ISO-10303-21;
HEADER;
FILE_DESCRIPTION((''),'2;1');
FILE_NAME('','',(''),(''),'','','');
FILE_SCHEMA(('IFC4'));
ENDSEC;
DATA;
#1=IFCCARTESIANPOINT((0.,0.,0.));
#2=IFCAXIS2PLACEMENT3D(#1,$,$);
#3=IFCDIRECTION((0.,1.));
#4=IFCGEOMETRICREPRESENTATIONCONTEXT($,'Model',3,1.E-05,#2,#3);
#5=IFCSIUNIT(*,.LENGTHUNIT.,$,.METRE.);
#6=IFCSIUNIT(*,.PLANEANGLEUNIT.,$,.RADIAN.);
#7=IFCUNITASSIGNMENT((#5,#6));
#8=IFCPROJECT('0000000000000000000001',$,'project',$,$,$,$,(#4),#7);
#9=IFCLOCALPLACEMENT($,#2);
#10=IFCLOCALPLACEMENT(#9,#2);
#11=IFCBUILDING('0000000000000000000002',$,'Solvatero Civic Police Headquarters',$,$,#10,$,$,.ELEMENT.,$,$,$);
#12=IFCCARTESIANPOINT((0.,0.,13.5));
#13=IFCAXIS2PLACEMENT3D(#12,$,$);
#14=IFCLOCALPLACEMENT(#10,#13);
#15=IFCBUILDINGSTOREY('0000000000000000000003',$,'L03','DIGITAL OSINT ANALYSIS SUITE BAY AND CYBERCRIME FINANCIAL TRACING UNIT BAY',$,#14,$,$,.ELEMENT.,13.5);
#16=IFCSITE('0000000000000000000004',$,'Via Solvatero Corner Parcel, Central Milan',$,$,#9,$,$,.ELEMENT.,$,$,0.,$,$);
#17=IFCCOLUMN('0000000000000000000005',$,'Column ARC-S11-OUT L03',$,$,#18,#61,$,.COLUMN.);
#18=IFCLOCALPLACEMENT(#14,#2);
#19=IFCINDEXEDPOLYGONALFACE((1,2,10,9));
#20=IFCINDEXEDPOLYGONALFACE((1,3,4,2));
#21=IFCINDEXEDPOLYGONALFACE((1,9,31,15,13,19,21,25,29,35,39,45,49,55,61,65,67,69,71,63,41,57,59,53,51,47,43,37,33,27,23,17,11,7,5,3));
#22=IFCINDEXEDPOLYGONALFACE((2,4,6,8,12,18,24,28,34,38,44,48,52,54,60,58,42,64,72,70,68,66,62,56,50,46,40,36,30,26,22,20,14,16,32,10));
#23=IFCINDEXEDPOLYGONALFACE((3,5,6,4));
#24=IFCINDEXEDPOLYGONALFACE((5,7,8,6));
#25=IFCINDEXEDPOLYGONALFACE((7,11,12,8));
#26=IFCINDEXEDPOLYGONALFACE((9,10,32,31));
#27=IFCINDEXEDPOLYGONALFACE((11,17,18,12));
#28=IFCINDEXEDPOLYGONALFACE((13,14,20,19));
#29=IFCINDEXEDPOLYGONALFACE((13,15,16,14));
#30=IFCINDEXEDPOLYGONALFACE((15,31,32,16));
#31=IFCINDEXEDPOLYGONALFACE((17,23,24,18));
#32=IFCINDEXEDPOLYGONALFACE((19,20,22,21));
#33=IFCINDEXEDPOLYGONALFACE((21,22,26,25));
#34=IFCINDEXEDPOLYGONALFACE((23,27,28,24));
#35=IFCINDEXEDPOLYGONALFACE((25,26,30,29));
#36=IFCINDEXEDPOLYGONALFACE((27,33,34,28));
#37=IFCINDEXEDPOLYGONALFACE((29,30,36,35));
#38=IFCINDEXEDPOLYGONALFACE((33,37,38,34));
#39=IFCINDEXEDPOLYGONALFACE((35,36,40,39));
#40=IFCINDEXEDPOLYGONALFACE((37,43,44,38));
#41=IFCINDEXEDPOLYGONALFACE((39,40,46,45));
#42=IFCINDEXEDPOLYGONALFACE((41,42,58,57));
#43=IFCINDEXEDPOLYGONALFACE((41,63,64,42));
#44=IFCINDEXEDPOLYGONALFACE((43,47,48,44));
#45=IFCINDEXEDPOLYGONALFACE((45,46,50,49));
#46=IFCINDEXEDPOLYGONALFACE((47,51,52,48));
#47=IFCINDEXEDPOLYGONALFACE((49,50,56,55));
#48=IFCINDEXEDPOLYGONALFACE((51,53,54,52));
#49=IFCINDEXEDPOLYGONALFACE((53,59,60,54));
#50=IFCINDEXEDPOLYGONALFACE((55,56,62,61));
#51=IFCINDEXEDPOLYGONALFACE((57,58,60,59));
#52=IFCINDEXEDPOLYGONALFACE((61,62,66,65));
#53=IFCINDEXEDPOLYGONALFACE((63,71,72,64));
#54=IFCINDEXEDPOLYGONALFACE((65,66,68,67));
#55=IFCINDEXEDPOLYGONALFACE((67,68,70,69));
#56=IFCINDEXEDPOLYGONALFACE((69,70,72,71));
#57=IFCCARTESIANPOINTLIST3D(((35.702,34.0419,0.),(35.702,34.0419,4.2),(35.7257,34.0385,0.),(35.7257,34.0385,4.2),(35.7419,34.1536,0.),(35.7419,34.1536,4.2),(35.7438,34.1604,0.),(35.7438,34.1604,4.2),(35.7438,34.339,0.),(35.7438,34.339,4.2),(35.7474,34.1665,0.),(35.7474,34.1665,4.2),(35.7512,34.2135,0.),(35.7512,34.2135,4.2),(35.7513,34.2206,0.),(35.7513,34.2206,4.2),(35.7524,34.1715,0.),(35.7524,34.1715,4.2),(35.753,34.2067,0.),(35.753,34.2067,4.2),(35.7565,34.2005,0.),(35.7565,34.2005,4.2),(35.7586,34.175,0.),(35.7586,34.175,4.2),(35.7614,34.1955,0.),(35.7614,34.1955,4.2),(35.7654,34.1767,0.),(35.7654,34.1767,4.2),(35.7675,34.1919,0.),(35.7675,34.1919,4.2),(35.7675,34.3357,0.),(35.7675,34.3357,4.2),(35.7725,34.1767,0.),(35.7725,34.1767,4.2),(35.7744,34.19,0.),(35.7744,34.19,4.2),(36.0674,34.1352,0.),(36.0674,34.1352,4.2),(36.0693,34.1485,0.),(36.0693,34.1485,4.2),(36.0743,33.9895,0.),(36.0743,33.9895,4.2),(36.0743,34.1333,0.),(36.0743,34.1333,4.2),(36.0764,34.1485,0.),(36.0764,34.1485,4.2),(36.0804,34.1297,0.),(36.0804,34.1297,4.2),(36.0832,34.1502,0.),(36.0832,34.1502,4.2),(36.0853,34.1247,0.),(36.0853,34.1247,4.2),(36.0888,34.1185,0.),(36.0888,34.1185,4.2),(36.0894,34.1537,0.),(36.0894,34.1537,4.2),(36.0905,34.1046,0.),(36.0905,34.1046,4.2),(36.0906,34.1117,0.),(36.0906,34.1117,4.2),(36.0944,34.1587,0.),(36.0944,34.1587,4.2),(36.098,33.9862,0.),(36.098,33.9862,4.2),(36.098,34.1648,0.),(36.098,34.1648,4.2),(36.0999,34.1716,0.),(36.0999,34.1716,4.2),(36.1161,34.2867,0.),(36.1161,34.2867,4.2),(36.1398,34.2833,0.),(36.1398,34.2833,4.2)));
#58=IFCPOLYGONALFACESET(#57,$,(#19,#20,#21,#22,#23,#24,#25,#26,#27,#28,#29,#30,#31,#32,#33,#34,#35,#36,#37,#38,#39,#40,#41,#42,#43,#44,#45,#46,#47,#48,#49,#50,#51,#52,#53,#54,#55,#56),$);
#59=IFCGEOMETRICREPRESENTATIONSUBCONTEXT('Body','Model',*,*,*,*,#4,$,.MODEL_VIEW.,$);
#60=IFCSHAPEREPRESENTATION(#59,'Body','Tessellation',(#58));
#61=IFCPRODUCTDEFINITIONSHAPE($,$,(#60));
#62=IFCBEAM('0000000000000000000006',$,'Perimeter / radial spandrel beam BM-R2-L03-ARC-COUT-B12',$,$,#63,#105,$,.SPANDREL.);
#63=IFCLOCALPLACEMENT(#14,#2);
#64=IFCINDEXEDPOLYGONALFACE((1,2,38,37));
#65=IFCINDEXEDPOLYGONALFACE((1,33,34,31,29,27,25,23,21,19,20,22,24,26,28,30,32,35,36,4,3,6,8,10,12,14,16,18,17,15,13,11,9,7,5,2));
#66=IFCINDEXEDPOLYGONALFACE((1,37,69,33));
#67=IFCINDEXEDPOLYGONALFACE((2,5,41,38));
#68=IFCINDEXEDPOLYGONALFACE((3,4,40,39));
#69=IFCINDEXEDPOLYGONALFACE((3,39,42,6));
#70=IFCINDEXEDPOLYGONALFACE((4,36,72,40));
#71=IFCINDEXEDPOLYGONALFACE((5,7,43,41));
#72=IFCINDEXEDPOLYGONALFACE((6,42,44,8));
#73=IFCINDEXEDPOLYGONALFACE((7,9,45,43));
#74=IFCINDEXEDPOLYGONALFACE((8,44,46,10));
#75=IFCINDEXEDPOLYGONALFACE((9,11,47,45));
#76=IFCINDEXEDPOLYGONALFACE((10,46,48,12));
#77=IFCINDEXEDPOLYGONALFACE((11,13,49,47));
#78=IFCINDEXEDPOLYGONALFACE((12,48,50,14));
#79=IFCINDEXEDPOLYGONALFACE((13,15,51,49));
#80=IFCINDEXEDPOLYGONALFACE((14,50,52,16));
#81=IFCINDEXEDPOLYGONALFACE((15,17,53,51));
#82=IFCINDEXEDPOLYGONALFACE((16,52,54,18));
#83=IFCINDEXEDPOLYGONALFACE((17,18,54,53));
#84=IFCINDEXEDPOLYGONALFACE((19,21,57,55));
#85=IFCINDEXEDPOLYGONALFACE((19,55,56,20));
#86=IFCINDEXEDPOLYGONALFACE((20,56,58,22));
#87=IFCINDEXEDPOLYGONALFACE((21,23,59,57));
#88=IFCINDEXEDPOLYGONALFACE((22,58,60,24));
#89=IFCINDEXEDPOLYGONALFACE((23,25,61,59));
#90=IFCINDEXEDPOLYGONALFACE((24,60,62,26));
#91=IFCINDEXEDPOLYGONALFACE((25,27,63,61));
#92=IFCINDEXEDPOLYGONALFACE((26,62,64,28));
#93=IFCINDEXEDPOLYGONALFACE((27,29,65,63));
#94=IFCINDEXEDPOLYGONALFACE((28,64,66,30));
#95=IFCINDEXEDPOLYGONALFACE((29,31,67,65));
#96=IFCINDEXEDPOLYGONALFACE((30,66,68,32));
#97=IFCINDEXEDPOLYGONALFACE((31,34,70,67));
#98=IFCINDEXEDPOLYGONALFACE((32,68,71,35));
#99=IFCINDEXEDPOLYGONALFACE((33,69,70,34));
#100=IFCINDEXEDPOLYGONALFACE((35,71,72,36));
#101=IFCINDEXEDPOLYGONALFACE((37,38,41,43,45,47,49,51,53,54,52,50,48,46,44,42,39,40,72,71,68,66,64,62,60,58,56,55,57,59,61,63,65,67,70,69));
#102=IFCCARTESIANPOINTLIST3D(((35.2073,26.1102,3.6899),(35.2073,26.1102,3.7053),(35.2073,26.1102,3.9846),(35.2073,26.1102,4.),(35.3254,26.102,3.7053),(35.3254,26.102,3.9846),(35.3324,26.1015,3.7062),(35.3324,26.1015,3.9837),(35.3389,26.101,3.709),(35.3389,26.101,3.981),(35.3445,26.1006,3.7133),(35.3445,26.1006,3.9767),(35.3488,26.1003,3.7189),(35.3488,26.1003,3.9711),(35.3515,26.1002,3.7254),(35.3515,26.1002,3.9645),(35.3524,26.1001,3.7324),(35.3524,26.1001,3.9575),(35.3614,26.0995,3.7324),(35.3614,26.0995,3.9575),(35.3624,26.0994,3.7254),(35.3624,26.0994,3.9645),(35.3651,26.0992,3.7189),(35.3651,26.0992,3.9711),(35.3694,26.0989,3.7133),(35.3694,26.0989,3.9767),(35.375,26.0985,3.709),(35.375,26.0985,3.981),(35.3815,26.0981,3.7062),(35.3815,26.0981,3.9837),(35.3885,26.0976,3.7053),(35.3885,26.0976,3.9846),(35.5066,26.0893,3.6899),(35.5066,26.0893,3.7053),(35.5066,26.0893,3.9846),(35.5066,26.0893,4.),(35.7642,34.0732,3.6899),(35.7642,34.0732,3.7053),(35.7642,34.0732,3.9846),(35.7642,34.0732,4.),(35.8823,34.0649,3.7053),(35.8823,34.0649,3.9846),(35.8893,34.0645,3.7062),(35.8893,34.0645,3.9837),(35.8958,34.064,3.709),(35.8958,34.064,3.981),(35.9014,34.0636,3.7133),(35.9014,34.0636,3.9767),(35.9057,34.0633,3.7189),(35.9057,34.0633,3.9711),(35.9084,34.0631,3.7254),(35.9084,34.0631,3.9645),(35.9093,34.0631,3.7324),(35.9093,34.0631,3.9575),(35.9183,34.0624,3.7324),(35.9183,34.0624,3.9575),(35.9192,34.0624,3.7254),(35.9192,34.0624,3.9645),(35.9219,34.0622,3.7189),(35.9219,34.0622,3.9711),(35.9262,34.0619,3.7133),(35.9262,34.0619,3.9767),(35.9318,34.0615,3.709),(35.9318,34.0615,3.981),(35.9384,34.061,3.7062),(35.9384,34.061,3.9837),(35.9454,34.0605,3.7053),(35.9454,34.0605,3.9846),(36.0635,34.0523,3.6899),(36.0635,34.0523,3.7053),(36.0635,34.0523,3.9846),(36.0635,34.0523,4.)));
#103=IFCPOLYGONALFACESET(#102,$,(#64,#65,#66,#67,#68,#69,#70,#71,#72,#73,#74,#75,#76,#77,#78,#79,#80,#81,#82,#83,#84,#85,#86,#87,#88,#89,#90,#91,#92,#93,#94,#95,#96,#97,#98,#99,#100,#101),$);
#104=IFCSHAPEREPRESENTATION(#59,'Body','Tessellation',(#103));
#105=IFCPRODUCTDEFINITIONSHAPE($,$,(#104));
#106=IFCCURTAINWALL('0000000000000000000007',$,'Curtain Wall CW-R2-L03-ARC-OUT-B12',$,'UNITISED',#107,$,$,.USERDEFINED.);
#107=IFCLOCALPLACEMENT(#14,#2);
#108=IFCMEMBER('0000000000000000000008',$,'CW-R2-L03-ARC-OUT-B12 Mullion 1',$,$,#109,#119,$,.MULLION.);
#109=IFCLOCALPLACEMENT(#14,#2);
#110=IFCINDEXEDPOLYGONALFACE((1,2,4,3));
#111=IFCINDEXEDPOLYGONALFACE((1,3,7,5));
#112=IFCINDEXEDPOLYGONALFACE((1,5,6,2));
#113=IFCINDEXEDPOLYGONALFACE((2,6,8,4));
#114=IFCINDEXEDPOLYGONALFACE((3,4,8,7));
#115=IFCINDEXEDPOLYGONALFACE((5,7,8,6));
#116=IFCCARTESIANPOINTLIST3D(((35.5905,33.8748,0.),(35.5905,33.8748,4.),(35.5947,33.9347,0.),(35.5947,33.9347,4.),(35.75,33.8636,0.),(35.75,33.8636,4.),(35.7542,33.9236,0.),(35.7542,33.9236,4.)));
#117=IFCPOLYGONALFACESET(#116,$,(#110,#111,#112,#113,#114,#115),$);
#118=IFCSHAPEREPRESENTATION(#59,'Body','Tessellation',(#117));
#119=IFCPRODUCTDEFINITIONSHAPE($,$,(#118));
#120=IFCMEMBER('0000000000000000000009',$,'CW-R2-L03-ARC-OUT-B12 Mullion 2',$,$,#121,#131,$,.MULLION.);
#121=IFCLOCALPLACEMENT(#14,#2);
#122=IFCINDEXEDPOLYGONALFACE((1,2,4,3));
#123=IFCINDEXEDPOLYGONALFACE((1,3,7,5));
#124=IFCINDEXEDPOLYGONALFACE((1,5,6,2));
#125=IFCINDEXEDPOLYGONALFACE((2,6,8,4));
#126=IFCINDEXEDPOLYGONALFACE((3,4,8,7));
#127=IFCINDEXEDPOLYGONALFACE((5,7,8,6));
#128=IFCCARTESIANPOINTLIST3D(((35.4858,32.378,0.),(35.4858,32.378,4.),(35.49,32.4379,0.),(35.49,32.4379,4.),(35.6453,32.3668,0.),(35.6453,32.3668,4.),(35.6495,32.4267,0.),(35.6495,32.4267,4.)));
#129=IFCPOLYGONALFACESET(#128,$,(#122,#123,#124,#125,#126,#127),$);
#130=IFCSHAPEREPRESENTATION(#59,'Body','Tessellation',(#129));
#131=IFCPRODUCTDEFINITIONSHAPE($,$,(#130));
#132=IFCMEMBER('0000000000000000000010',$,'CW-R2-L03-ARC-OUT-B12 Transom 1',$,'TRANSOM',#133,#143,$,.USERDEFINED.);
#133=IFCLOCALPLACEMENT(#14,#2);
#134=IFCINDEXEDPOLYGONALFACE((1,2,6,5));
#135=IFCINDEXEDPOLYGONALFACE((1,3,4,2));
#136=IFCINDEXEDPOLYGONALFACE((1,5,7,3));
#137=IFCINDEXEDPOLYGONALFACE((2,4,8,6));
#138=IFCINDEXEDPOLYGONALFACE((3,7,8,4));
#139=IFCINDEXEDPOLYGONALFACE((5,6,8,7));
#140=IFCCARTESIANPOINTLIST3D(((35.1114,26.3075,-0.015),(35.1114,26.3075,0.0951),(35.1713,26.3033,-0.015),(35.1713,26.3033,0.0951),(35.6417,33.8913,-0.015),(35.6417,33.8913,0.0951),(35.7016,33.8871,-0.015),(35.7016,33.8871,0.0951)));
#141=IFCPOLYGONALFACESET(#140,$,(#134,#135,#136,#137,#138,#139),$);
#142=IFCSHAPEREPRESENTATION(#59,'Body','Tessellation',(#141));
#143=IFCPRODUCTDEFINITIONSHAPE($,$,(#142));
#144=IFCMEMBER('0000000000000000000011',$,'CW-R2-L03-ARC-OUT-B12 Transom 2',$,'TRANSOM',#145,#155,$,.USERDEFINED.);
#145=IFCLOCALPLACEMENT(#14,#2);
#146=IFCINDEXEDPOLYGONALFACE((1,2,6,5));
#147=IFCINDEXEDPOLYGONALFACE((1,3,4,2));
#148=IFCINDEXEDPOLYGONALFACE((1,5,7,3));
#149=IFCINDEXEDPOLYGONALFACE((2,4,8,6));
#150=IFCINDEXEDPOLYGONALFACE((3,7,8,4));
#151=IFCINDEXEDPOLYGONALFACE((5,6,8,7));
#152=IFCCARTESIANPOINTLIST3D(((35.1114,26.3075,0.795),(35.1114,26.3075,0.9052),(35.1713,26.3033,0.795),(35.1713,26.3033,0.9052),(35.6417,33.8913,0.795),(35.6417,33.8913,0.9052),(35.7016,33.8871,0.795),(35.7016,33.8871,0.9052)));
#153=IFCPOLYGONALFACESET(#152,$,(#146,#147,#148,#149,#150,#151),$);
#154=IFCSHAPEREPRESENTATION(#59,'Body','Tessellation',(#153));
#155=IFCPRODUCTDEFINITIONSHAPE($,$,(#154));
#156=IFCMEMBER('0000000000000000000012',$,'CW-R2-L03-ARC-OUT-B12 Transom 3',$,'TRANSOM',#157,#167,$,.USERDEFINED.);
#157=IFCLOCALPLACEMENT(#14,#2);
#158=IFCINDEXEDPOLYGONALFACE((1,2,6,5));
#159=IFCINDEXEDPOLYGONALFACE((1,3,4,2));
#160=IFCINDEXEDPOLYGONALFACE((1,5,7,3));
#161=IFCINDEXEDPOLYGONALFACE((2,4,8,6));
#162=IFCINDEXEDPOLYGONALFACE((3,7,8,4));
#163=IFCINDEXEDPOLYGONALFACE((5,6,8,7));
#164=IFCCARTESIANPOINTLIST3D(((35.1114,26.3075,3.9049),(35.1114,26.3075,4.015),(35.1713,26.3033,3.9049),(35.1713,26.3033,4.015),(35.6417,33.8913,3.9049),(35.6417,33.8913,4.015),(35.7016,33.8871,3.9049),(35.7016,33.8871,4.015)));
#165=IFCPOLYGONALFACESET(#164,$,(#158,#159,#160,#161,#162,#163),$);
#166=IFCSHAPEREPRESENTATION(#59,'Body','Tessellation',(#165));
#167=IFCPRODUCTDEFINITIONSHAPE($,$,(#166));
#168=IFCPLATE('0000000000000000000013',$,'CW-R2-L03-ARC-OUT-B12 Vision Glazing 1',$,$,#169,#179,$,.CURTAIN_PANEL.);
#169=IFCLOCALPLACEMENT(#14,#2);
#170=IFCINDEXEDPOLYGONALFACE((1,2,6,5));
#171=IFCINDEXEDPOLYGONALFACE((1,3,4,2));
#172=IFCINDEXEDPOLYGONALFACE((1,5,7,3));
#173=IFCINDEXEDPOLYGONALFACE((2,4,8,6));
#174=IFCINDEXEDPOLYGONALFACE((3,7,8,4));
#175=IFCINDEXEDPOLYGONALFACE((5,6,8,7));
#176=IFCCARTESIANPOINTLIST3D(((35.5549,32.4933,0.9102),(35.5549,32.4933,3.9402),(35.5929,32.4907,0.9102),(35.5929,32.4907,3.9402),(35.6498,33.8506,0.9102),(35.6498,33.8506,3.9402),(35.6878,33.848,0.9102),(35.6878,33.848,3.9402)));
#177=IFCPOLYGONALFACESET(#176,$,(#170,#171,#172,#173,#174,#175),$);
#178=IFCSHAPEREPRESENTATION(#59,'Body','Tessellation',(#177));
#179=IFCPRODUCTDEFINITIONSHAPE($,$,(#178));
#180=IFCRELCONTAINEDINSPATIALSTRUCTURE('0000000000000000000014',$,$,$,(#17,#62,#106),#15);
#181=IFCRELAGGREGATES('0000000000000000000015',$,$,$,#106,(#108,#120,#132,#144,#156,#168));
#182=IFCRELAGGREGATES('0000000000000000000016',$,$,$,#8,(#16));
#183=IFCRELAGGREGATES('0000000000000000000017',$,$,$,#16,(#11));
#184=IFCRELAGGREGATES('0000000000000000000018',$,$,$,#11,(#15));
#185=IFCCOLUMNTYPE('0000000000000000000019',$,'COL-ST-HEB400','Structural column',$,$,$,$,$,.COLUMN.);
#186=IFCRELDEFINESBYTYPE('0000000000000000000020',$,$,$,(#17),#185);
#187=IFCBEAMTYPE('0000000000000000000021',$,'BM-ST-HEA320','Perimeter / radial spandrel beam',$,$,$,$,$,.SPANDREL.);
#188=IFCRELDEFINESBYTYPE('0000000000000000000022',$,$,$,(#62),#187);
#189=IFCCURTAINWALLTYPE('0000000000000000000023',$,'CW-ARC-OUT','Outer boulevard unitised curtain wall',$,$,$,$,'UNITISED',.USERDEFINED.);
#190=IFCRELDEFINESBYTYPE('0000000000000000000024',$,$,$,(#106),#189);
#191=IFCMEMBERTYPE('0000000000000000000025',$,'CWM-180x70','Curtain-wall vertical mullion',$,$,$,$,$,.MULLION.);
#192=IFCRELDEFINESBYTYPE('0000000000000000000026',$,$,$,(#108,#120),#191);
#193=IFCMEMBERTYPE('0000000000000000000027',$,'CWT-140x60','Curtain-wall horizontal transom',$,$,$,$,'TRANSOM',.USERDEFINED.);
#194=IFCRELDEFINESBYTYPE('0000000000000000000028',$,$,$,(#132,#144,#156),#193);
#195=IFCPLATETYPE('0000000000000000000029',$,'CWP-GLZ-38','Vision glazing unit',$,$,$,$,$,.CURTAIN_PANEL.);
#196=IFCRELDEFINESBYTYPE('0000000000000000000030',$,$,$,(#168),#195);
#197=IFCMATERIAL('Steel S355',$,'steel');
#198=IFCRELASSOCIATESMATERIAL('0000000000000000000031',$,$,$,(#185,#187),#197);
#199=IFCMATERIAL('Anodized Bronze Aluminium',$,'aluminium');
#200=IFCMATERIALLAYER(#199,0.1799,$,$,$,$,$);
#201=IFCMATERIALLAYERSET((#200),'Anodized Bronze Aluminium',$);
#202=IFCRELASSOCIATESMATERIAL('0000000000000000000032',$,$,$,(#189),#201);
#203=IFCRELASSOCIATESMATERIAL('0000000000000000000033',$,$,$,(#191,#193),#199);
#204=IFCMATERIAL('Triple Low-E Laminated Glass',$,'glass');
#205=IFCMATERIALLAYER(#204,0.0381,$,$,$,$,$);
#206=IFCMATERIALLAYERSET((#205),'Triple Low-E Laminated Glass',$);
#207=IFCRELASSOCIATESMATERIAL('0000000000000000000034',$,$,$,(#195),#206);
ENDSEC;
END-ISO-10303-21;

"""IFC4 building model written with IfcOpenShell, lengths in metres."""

from ifc_helpers import new_model, si_unit, direction, frame, origin, origin_2d, place, context, subcontext, project, spatial, rectangle, i_section, extrude, material, layer, layer_set, material_profile, profile_set, type_object, element, aggregate, save


model = new_model("IFC4")

# Units and contexts
model_context = context("Model", 3, precision=1e-05, world=origin(), true_north=direction((0.0, 1.0)))
body_context = subcontext(model_context, "Body", "Model", "MODEL_VIEW")
ifc_project = project(units=[si_unit("LENGTHUNIT", "METRE"), si_unit("PLANEANGLEUNIT", "RADIAN")], contexts=[model_context])

# Site, building, storey
site_placement = place(None, origin())
site = spatial("IfcSite", under=ifc_project, at=site_placement, Name="Via Solvatero Corner Parcel, Central Milan", CompositionType="ELEMENT", RefElevation=0.0)
building_placement = place(site_placement, origin())
building = spatial("IfcBuilding", under=site, at=building_placement, Name="Solvatero Civic Police Headquarters", CompositionType="ELEMENT")
storey_placement = place(building_placement, frame((0.0, 0.0, 13.5)))
storey = spatial("IfcBuildingStorey", under=building, at=storey_placement, Name="L03", Description="DIGITAL OSINT ANALYSIS SUITE BAY AND CYBERCRIME FINANCIAL TRACING UNIT BAY", CompositionType="ELEMENT", Elevation=13.5)

# Column
ifc_material_1 = material(Name="Steel S355", Category="steel")
ifc_material_profile_1 = material_profile(ifc_material_1, i_section(OverallWidth=0.3, OverallDepth=0.3999, WebThickness=0.0134, FlangeThickness=0.0239, FilletRadius=0.0271, at=origin_2d()), Name="HEB 400")
ifc_profile_set_1 = profile_set([ifc_material_profile_1], Name="Steel S355")
column_type = type_object("IfcColumnType", Name="COL-ST-HEB400", Description="Structural column", PredefinedType="COLUMN", material=ifc_profile_set_1)
column_placement = place(storey_placement, frame((35.9209, 34.1626, 0.0), z_axis=(0.0, 0.0, 1.0), x_axis=(0.139173, 0.990268, 0.0)))
element("IfcColumn", 1, at=column_placement, inside=storey, type_object=column_type, Name="Column ARC-S11-OUT L03", PredefinedType="COLUMN", context=body_context, shape_type="SweptSolid", body=[
    extrude(i_section(OverallWidth=0.3, OverallDepth=0.3999, WebThickness=0.0134, FlangeThickness=0.0239, FilletRadius=0.0271, at=origin_2d()), origin(), (0.0, 0.0, 1.0), 4.2),
])

# Beam
ifc_material_profile_2 = material_profile(ifc_material_1, i_section(OverallWidth=0.3, OverallDepth=0.3101, WebThickness=0.009, FlangeThickness=0.0154, FilletRadius=0.0271, at=origin_2d()), Name="HEA 320")
ifc_profile_set_2 = profile_set([ifc_material_profile_2], Name="Steel S355")
beam_type = type_object("IfcBeamType", Name="BM-ST-HEA320", Description="Perimeter / radial spandrel beam", PredefinedType="SPANDREL", material=ifc_profile_set_2)
beam_placement = place(storey_placement, frame((35.9138, 34.0627, 3.845), z_axis=(-0.069765, -0.997563, 0.0), x_axis=(0.997563, -0.069765, 0.0)))
element("IfcBeam", 2, at=beam_placement, inside=storey, type_object=beam_type, Name="Perimeter / radial spandrel beam BM-R2-L03-ARC-COUT-B12", PredefinedType="SPANDREL", context=body_context, shape_type="SweptSolid", body=[
    extrude(i_section(OverallWidth=0.3, OverallDepth=0.3101, WebThickness=0.009, FlangeThickness=0.0154, FilletRadius=0.0271, at=origin_2d()), origin(), (0.0, 0.0, 1.0), 7.9824),
])

# Curtain wall, members, plate
ifc_material_2 = material(Name="Anodized Bronze Aluminium", Category="aluminium")
ifc_layer_1 = layer(ifc_material_2, 0.1799)
ifc_layer_set_1 = layer_set([ifc_layer_1], Name="Anodized Bronze Aluminium")
curtain_wall_type = type_object("IfcCurtainWallType", Name="CW-ARC-OUT", Description="Outer boulevard unitised curtain wall", ElementType="UNITISED", PredefinedType="USERDEFINED", material=ifc_layer_set_1)
curtain_wall_placement = place(storey_placement, origin())
curtain_wall = element("IfcCurtainWall", 3, at=curtain_wall_placement, inside=storey, type_object=curtain_wall_type, Name="Curtain Wall CW-R2-L03-ARC-OUT-B12", ObjectType="UNITISED", PredefinedType="USERDEFINED")
ifc_material_profile_3 = material_profile(ifc_material_2, rectangle(XDim=0.0601, YDim=0.1599, at=origin_2d()), Name="ALU MULLION 60x160")
ifc_profile_set_3 = profile_set([ifc_material_profile_3], Name="Anodized Bronze Aluminium")
member_type_1 = type_object("IfcMemberType", Name="CWM-180x70", Description="Curtain-wall vertical mullion", PredefinedType="MULLION", material=ifc_profile_set_3)
member_1_placement = place(storey_placement, frame((35.6724, 33.8992, 0.0), z_axis=(0.0, 0.0, 1.0), x_axis=(-0.069739, -0.997565, 0.0)))
member_1 = element("IfcMember", 4, at=member_1_placement, type_object=member_type_1, Name="CW-R2-L03-ARC-OUT-B12 Mullion 1", PredefinedType="MULLION", context=body_context, shape_type="SweptSolid", body=[
    extrude(rectangle(XDim=0.0601, YDim=0.1599, at=origin_2d()), origin(), (0.0, 0.0, 1.0), 4.0),
])
member_2_placement = place(storey_placement, frame((35.5676, 32.4023, 0.0), z_axis=(0.0, 0.0, 1.0), x_axis=(-0.069739, -0.997565, 0.0)))
member_2 = element("IfcMember", 5, at=member_2_placement, type_object=member_type_1, Name="CW-R2-L03-ARC-OUT-B12 Mullion 2", PredefinedType="MULLION", context=body_context, shape_type="SweptSolid", body=[
    extrude(rectangle(XDim=0.0601, YDim=0.1599, at=origin_2d()), origin(), (0.0, 0.0, 1.0), 4.0),
])
ifc_material_profile_4 = material_profile(ifc_material_2, rectangle(XDim=0.0601, YDim=0.1101, at=origin_2d()), Name="ALU TRANSOM 60x110")
ifc_profile_set_4 = profile_set([ifc_material_profile_4], Name="Anodized Bronze Aluminium")
member_type_2 = type_object("IfcMemberType", Name="CWT-140x60", Description="Curtain-wall horizontal transom", ElementType="TRANSOM", PredefinedType="USERDEFINED", material=ifc_profile_set_4)
member_3_placement = place(storey_placement, frame((35.6716, 33.8892, 0.04), z_axis=(-0.069752, -0.997564, 0.0), x_axis=(0.997564, -0.069752, 0.0)))
member_3 = element("IfcMember", 6, at=member_3_placement, type_object=member_type_2, Name="CW-R2-L03-ARC-OUT-B12 Transom 1", ObjectType="TRANSOM", PredefinedType="USERDEFINED", context=body_context, shape_type="SweptSolid", body=[
    extrude(rectangle(XDim=0.0601, YDim=0.1101, at=origin_2d()), origin(), (0.0, 0.0, 1.0), 7.6023),
])
member_4_placement = place(storey_placement, frame((35.6716, 33.8892, 0.8501), z_axis=(-0.069752, -0.997564, 0.0), x_axis=(0.997564, -0.069752, 0.0)))
member_4 = element("IfcMember", 7, at=member_4_placement, type_object=member_type_2, Name="CW-R2-L03-ARC-OUT-B12 Transom 2", ObjectType="TRANSOM", PredefinedType="USERDEFINED", context=body_context, shape_type="SweptSolid", body=[
    extrude(rectangle(XDim=0.0601, YDim=0.1101, at=origin_2d()), origin(), (0.0, 0.0, 1.0), 7.6023),
])
member_5_placement = place(storey_placement, frame((35.6716, 33.8892, 3.96), z_axis=(-0.069752, -0.997564, 0.0), x_axis=(0.997564, -0.069752, 0.0)))
member_5 = element("IfcMember", 8, at=member_5_placement, type_object=member_type_2, Name="CW-R2-L03-ARC-OUT-B12 Transom 3", ObjectType="TRANSOM", PredefinedType="USERDEFINED", context=body_context, shape_type="SweptSolid", body=[
    extrude(rectangle(XDim=0.0601, YDim=0.1101, at=origin_2d()), origin(), (0.0, 0.0, 1.0), 7.6023),
])
ifc_material_3 = material(Name="Triple Low-E Laminated Glass", Category="glass")
ifc_layer_2 = layer(ifc_material_3, 0.0381)
ifc_layer_set_2 = layer_set([ifc_layer_2], Name="Triple Low-E Laminated Glass")
plate_type_1 = type_object("IfcPlateType", Name="CWP-GLZ-38", Description="Vision glazing unit", PredefinedType="CURTAIN_PANEL", material=ifc_layer_set_2)
plate_1_placement = place(storey_placement, frame((35.6213, 33.1707, 0.9102), z_axis=(0.0, 0.0, 1.0), x_axis=(-0.069739, -0.997565, 0.0)))
plate_1 = element("IfcPlate", 9, at=plate_1_placement, type_object=plate_type_1, Name="CW-R2-L03-ARC-OUT-B12 Vision Glazing 1", PredefinedType="CURTAIN_PANEL", context=body_context, shape_type="SweptSolid", body=[
    extrude(rectangle(XDim=1.3606, YDim=0.0381, at=origin_2d()), origin(), (0.0, 0.0, 1.0), 3.03),
])
aggregate(curtain_wall, [member_1, member_2, member_3, member_4, member_5, plate_1])

save(model, "model.ifc")
